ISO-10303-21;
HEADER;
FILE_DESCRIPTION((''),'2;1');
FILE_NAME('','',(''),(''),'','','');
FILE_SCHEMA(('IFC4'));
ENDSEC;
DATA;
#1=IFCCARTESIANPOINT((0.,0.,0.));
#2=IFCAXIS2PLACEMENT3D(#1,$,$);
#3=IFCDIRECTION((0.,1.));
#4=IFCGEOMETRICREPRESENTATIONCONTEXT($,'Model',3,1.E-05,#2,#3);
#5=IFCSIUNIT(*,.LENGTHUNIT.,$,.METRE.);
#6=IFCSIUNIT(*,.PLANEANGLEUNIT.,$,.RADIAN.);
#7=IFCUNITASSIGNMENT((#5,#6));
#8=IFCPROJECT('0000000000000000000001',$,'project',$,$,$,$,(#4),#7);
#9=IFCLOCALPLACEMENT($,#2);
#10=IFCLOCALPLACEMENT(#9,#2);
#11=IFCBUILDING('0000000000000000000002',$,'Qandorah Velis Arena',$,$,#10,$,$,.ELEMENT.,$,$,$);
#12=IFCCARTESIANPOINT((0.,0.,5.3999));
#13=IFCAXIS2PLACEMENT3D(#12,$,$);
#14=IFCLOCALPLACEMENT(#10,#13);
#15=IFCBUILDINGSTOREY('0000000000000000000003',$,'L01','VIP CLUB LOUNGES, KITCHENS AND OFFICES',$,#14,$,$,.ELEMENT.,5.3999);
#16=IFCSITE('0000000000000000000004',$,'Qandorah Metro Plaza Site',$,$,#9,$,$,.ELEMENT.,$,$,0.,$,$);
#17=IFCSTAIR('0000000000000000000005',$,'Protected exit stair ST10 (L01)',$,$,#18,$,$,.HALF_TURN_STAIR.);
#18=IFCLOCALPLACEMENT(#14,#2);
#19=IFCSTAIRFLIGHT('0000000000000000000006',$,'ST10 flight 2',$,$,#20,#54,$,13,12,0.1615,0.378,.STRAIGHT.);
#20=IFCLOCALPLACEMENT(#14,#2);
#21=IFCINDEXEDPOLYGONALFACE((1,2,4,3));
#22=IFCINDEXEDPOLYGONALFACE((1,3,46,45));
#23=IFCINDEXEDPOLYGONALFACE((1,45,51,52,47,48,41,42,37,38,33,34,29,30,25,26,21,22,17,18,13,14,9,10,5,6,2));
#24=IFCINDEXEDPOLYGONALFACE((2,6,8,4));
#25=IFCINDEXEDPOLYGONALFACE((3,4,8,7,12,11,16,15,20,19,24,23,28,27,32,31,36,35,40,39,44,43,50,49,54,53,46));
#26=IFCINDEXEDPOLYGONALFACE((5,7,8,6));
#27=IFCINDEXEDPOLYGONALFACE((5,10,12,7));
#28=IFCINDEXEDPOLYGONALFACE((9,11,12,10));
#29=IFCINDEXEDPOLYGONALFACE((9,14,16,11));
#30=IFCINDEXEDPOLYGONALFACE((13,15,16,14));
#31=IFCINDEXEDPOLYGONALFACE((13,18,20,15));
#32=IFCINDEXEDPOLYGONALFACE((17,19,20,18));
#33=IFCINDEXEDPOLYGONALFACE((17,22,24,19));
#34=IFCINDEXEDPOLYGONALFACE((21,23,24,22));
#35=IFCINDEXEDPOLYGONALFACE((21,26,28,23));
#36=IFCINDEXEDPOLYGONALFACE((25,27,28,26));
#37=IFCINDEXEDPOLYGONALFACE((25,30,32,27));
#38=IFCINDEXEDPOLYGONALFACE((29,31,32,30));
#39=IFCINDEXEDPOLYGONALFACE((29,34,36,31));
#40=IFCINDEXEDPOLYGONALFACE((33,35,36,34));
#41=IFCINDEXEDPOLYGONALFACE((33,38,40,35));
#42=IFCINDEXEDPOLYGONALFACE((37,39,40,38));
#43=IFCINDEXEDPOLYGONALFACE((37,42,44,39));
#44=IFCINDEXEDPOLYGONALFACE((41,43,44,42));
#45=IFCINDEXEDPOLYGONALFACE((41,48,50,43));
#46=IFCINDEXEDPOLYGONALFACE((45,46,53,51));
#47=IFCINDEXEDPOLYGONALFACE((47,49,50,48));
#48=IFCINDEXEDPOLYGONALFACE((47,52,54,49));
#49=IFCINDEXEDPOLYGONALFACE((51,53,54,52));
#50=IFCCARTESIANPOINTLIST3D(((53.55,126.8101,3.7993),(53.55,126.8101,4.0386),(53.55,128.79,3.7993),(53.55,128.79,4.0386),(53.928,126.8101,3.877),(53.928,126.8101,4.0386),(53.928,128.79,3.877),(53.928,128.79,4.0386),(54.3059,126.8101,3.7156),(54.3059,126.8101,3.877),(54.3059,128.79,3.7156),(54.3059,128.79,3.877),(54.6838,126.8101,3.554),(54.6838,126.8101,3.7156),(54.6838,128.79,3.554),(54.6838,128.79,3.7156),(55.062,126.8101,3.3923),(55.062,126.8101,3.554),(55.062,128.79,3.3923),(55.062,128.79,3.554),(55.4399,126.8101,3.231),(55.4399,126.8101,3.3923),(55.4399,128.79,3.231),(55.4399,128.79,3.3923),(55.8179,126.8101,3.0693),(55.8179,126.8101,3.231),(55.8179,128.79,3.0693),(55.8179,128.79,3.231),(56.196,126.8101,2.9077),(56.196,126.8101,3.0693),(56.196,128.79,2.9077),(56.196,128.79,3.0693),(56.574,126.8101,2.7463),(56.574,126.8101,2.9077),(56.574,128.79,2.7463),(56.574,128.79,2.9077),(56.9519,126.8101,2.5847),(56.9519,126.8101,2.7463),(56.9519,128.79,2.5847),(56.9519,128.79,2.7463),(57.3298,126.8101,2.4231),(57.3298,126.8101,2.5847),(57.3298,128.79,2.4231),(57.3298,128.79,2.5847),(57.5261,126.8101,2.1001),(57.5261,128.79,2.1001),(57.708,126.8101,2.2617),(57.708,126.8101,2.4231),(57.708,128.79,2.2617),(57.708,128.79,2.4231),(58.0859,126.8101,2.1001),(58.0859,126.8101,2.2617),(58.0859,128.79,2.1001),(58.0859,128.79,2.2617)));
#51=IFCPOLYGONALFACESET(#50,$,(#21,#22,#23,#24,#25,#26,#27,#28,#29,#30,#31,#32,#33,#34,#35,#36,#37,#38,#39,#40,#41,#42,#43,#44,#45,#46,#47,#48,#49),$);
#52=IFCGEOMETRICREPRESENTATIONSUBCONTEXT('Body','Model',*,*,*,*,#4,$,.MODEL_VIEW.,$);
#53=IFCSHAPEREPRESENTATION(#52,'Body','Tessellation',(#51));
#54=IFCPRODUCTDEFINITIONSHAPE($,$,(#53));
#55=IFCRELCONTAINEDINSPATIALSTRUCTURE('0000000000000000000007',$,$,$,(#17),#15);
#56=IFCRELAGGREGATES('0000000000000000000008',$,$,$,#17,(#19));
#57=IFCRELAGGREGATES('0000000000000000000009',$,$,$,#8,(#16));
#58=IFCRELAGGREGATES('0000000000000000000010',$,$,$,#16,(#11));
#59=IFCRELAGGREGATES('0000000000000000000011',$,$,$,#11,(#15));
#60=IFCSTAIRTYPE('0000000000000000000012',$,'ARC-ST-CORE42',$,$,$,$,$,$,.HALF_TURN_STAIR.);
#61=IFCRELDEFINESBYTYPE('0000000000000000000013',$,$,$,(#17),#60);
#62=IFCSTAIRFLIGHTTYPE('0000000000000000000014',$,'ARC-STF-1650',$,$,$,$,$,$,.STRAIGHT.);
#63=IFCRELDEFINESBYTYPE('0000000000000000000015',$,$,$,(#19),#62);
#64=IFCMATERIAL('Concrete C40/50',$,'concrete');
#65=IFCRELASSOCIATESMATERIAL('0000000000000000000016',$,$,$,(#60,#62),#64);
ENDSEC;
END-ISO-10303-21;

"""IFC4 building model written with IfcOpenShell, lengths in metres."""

from ifc_helpers import new_model, si_unit, direction, frame, origin, place, context, subcontext, project, spatial, polyline, outline, extrude, material, type_object, element, aggregate, save


model = new_model("IFC4")

# Units and contexts
model_context = context("Model", 3, precision=1e-05, world=origin(), true_north=direction((0.0, 1.0)))
body_context = subcontext(model_context, "Body", "Model", "MODEL_VIEW")
ifc_project = project(units=[si_unit("LENGTHUNIT", "METRE"), si_unit("PLANEANGLEUNIT", "RADIAN")], contexts=[model_context])

# Site, building, storey
site_placement = place(None, origin())
site = spatial("IfcSite", under=ifc_project, at=site_placement, Name="Qandorah Metro Plaza Site", CompositionType="ELEMENT", RefElevation=0.0)
building_placement = place(site_placement, origin())
building = spatial("IfcBuilding", under=site, at=building_placement, Name="Qandorah Velis Arena", CompositionType="ELEMENT")
storey_placement = place(building_placement, frame((0.0, 0.0, 5.3999)))
storey = spatial("IfcBuildingStorey", under=building, at=storey_placement, Name="L01", Description="VIP CLUB LOUNGES, KITCHENS AND OFFICES", CompositionType="ELEMENT", Elevation=5.3999)

# Shared definitions
ifc_material_1 = material(Name="Concrete C40/50", Category="concrete")

# Stair, stair flight
stair_type = type_object("IfcStairType", Name="ARC-ST-CORE42", PredefinedType="HALF_TURN_STAIR", material=ifc_material_1)
stair_placement = place(storey_placement, origin())
stair = element("IfcStair", 1, at=stair_placement, inside=storey, type_object=stair_type, Name="Protected exit stair ST10 (L01)", PredefinedType="HALF_TURN_STAIR")
stair_flight_type = type_object("IfcStairFlightType", Name="ARC-STF-1650", PredefinedType="STRAIGHT", material=ifc_material_1)
stair_flight_1_placement = place(storey_placement, frame((58.0859, 127.8, 2.1001), z_axis=(0.0, 0.0, 1.0), x_axis=(-1.0, 0.0, 0.0)))
stair_flight_1 = element("IfcStairFlight", 2, at=stair_flight_1_placement, type_object=stair_flight_type, Name="ST10 flight 2", NumberOfRisers=13, NumberOfTreads=12, PredefinedType="STRAIGHT", RiserHeight=0.1615, TreadLength=0.378, context=body_context, shape_type="SweptSolid", body=[
    extrude(outline(polyline([(0.0, 0.0), (0.0, 0.1616), (0.3779, 0.1616), (0.3779, 0.323), (0.7561, 0.323), (0.7561, 0.4846), (1.134, 0.4846), (1.134, 0.6462), (1.512, 0.6462), (1.512, 0.8076), (1.8899, 0.8076), (1.8899, 0.9692), (2.2681, 0.9692), (2.2681, 1.1309), (2.646, 1.1309), (2.646, 1.2922), (3.0239, 1.2922), (3.0239, 1.4539), (3.4021, 1.4539), (3.4021, 1.6155), (3.78, 1.6155), (3.78, 1.7769), (4.158, 1.7769), (4.158, 1.9385), (4.5359, 1.9385), (4.5359, 2.1001), (4.5359, 1.6992), (0.5598, 0.0), (0.0, 0.0)])), frame((0.0, 0.99, 0.0), z_axis=(0.0, -1.0, 0.0), x_axis=(1.0, 0.0, 0.0)), (0.0, 0.0, 1.0), 1.98),
])
aggregate(stair, [stair_flight_1])

save(model, "model.ifc")
